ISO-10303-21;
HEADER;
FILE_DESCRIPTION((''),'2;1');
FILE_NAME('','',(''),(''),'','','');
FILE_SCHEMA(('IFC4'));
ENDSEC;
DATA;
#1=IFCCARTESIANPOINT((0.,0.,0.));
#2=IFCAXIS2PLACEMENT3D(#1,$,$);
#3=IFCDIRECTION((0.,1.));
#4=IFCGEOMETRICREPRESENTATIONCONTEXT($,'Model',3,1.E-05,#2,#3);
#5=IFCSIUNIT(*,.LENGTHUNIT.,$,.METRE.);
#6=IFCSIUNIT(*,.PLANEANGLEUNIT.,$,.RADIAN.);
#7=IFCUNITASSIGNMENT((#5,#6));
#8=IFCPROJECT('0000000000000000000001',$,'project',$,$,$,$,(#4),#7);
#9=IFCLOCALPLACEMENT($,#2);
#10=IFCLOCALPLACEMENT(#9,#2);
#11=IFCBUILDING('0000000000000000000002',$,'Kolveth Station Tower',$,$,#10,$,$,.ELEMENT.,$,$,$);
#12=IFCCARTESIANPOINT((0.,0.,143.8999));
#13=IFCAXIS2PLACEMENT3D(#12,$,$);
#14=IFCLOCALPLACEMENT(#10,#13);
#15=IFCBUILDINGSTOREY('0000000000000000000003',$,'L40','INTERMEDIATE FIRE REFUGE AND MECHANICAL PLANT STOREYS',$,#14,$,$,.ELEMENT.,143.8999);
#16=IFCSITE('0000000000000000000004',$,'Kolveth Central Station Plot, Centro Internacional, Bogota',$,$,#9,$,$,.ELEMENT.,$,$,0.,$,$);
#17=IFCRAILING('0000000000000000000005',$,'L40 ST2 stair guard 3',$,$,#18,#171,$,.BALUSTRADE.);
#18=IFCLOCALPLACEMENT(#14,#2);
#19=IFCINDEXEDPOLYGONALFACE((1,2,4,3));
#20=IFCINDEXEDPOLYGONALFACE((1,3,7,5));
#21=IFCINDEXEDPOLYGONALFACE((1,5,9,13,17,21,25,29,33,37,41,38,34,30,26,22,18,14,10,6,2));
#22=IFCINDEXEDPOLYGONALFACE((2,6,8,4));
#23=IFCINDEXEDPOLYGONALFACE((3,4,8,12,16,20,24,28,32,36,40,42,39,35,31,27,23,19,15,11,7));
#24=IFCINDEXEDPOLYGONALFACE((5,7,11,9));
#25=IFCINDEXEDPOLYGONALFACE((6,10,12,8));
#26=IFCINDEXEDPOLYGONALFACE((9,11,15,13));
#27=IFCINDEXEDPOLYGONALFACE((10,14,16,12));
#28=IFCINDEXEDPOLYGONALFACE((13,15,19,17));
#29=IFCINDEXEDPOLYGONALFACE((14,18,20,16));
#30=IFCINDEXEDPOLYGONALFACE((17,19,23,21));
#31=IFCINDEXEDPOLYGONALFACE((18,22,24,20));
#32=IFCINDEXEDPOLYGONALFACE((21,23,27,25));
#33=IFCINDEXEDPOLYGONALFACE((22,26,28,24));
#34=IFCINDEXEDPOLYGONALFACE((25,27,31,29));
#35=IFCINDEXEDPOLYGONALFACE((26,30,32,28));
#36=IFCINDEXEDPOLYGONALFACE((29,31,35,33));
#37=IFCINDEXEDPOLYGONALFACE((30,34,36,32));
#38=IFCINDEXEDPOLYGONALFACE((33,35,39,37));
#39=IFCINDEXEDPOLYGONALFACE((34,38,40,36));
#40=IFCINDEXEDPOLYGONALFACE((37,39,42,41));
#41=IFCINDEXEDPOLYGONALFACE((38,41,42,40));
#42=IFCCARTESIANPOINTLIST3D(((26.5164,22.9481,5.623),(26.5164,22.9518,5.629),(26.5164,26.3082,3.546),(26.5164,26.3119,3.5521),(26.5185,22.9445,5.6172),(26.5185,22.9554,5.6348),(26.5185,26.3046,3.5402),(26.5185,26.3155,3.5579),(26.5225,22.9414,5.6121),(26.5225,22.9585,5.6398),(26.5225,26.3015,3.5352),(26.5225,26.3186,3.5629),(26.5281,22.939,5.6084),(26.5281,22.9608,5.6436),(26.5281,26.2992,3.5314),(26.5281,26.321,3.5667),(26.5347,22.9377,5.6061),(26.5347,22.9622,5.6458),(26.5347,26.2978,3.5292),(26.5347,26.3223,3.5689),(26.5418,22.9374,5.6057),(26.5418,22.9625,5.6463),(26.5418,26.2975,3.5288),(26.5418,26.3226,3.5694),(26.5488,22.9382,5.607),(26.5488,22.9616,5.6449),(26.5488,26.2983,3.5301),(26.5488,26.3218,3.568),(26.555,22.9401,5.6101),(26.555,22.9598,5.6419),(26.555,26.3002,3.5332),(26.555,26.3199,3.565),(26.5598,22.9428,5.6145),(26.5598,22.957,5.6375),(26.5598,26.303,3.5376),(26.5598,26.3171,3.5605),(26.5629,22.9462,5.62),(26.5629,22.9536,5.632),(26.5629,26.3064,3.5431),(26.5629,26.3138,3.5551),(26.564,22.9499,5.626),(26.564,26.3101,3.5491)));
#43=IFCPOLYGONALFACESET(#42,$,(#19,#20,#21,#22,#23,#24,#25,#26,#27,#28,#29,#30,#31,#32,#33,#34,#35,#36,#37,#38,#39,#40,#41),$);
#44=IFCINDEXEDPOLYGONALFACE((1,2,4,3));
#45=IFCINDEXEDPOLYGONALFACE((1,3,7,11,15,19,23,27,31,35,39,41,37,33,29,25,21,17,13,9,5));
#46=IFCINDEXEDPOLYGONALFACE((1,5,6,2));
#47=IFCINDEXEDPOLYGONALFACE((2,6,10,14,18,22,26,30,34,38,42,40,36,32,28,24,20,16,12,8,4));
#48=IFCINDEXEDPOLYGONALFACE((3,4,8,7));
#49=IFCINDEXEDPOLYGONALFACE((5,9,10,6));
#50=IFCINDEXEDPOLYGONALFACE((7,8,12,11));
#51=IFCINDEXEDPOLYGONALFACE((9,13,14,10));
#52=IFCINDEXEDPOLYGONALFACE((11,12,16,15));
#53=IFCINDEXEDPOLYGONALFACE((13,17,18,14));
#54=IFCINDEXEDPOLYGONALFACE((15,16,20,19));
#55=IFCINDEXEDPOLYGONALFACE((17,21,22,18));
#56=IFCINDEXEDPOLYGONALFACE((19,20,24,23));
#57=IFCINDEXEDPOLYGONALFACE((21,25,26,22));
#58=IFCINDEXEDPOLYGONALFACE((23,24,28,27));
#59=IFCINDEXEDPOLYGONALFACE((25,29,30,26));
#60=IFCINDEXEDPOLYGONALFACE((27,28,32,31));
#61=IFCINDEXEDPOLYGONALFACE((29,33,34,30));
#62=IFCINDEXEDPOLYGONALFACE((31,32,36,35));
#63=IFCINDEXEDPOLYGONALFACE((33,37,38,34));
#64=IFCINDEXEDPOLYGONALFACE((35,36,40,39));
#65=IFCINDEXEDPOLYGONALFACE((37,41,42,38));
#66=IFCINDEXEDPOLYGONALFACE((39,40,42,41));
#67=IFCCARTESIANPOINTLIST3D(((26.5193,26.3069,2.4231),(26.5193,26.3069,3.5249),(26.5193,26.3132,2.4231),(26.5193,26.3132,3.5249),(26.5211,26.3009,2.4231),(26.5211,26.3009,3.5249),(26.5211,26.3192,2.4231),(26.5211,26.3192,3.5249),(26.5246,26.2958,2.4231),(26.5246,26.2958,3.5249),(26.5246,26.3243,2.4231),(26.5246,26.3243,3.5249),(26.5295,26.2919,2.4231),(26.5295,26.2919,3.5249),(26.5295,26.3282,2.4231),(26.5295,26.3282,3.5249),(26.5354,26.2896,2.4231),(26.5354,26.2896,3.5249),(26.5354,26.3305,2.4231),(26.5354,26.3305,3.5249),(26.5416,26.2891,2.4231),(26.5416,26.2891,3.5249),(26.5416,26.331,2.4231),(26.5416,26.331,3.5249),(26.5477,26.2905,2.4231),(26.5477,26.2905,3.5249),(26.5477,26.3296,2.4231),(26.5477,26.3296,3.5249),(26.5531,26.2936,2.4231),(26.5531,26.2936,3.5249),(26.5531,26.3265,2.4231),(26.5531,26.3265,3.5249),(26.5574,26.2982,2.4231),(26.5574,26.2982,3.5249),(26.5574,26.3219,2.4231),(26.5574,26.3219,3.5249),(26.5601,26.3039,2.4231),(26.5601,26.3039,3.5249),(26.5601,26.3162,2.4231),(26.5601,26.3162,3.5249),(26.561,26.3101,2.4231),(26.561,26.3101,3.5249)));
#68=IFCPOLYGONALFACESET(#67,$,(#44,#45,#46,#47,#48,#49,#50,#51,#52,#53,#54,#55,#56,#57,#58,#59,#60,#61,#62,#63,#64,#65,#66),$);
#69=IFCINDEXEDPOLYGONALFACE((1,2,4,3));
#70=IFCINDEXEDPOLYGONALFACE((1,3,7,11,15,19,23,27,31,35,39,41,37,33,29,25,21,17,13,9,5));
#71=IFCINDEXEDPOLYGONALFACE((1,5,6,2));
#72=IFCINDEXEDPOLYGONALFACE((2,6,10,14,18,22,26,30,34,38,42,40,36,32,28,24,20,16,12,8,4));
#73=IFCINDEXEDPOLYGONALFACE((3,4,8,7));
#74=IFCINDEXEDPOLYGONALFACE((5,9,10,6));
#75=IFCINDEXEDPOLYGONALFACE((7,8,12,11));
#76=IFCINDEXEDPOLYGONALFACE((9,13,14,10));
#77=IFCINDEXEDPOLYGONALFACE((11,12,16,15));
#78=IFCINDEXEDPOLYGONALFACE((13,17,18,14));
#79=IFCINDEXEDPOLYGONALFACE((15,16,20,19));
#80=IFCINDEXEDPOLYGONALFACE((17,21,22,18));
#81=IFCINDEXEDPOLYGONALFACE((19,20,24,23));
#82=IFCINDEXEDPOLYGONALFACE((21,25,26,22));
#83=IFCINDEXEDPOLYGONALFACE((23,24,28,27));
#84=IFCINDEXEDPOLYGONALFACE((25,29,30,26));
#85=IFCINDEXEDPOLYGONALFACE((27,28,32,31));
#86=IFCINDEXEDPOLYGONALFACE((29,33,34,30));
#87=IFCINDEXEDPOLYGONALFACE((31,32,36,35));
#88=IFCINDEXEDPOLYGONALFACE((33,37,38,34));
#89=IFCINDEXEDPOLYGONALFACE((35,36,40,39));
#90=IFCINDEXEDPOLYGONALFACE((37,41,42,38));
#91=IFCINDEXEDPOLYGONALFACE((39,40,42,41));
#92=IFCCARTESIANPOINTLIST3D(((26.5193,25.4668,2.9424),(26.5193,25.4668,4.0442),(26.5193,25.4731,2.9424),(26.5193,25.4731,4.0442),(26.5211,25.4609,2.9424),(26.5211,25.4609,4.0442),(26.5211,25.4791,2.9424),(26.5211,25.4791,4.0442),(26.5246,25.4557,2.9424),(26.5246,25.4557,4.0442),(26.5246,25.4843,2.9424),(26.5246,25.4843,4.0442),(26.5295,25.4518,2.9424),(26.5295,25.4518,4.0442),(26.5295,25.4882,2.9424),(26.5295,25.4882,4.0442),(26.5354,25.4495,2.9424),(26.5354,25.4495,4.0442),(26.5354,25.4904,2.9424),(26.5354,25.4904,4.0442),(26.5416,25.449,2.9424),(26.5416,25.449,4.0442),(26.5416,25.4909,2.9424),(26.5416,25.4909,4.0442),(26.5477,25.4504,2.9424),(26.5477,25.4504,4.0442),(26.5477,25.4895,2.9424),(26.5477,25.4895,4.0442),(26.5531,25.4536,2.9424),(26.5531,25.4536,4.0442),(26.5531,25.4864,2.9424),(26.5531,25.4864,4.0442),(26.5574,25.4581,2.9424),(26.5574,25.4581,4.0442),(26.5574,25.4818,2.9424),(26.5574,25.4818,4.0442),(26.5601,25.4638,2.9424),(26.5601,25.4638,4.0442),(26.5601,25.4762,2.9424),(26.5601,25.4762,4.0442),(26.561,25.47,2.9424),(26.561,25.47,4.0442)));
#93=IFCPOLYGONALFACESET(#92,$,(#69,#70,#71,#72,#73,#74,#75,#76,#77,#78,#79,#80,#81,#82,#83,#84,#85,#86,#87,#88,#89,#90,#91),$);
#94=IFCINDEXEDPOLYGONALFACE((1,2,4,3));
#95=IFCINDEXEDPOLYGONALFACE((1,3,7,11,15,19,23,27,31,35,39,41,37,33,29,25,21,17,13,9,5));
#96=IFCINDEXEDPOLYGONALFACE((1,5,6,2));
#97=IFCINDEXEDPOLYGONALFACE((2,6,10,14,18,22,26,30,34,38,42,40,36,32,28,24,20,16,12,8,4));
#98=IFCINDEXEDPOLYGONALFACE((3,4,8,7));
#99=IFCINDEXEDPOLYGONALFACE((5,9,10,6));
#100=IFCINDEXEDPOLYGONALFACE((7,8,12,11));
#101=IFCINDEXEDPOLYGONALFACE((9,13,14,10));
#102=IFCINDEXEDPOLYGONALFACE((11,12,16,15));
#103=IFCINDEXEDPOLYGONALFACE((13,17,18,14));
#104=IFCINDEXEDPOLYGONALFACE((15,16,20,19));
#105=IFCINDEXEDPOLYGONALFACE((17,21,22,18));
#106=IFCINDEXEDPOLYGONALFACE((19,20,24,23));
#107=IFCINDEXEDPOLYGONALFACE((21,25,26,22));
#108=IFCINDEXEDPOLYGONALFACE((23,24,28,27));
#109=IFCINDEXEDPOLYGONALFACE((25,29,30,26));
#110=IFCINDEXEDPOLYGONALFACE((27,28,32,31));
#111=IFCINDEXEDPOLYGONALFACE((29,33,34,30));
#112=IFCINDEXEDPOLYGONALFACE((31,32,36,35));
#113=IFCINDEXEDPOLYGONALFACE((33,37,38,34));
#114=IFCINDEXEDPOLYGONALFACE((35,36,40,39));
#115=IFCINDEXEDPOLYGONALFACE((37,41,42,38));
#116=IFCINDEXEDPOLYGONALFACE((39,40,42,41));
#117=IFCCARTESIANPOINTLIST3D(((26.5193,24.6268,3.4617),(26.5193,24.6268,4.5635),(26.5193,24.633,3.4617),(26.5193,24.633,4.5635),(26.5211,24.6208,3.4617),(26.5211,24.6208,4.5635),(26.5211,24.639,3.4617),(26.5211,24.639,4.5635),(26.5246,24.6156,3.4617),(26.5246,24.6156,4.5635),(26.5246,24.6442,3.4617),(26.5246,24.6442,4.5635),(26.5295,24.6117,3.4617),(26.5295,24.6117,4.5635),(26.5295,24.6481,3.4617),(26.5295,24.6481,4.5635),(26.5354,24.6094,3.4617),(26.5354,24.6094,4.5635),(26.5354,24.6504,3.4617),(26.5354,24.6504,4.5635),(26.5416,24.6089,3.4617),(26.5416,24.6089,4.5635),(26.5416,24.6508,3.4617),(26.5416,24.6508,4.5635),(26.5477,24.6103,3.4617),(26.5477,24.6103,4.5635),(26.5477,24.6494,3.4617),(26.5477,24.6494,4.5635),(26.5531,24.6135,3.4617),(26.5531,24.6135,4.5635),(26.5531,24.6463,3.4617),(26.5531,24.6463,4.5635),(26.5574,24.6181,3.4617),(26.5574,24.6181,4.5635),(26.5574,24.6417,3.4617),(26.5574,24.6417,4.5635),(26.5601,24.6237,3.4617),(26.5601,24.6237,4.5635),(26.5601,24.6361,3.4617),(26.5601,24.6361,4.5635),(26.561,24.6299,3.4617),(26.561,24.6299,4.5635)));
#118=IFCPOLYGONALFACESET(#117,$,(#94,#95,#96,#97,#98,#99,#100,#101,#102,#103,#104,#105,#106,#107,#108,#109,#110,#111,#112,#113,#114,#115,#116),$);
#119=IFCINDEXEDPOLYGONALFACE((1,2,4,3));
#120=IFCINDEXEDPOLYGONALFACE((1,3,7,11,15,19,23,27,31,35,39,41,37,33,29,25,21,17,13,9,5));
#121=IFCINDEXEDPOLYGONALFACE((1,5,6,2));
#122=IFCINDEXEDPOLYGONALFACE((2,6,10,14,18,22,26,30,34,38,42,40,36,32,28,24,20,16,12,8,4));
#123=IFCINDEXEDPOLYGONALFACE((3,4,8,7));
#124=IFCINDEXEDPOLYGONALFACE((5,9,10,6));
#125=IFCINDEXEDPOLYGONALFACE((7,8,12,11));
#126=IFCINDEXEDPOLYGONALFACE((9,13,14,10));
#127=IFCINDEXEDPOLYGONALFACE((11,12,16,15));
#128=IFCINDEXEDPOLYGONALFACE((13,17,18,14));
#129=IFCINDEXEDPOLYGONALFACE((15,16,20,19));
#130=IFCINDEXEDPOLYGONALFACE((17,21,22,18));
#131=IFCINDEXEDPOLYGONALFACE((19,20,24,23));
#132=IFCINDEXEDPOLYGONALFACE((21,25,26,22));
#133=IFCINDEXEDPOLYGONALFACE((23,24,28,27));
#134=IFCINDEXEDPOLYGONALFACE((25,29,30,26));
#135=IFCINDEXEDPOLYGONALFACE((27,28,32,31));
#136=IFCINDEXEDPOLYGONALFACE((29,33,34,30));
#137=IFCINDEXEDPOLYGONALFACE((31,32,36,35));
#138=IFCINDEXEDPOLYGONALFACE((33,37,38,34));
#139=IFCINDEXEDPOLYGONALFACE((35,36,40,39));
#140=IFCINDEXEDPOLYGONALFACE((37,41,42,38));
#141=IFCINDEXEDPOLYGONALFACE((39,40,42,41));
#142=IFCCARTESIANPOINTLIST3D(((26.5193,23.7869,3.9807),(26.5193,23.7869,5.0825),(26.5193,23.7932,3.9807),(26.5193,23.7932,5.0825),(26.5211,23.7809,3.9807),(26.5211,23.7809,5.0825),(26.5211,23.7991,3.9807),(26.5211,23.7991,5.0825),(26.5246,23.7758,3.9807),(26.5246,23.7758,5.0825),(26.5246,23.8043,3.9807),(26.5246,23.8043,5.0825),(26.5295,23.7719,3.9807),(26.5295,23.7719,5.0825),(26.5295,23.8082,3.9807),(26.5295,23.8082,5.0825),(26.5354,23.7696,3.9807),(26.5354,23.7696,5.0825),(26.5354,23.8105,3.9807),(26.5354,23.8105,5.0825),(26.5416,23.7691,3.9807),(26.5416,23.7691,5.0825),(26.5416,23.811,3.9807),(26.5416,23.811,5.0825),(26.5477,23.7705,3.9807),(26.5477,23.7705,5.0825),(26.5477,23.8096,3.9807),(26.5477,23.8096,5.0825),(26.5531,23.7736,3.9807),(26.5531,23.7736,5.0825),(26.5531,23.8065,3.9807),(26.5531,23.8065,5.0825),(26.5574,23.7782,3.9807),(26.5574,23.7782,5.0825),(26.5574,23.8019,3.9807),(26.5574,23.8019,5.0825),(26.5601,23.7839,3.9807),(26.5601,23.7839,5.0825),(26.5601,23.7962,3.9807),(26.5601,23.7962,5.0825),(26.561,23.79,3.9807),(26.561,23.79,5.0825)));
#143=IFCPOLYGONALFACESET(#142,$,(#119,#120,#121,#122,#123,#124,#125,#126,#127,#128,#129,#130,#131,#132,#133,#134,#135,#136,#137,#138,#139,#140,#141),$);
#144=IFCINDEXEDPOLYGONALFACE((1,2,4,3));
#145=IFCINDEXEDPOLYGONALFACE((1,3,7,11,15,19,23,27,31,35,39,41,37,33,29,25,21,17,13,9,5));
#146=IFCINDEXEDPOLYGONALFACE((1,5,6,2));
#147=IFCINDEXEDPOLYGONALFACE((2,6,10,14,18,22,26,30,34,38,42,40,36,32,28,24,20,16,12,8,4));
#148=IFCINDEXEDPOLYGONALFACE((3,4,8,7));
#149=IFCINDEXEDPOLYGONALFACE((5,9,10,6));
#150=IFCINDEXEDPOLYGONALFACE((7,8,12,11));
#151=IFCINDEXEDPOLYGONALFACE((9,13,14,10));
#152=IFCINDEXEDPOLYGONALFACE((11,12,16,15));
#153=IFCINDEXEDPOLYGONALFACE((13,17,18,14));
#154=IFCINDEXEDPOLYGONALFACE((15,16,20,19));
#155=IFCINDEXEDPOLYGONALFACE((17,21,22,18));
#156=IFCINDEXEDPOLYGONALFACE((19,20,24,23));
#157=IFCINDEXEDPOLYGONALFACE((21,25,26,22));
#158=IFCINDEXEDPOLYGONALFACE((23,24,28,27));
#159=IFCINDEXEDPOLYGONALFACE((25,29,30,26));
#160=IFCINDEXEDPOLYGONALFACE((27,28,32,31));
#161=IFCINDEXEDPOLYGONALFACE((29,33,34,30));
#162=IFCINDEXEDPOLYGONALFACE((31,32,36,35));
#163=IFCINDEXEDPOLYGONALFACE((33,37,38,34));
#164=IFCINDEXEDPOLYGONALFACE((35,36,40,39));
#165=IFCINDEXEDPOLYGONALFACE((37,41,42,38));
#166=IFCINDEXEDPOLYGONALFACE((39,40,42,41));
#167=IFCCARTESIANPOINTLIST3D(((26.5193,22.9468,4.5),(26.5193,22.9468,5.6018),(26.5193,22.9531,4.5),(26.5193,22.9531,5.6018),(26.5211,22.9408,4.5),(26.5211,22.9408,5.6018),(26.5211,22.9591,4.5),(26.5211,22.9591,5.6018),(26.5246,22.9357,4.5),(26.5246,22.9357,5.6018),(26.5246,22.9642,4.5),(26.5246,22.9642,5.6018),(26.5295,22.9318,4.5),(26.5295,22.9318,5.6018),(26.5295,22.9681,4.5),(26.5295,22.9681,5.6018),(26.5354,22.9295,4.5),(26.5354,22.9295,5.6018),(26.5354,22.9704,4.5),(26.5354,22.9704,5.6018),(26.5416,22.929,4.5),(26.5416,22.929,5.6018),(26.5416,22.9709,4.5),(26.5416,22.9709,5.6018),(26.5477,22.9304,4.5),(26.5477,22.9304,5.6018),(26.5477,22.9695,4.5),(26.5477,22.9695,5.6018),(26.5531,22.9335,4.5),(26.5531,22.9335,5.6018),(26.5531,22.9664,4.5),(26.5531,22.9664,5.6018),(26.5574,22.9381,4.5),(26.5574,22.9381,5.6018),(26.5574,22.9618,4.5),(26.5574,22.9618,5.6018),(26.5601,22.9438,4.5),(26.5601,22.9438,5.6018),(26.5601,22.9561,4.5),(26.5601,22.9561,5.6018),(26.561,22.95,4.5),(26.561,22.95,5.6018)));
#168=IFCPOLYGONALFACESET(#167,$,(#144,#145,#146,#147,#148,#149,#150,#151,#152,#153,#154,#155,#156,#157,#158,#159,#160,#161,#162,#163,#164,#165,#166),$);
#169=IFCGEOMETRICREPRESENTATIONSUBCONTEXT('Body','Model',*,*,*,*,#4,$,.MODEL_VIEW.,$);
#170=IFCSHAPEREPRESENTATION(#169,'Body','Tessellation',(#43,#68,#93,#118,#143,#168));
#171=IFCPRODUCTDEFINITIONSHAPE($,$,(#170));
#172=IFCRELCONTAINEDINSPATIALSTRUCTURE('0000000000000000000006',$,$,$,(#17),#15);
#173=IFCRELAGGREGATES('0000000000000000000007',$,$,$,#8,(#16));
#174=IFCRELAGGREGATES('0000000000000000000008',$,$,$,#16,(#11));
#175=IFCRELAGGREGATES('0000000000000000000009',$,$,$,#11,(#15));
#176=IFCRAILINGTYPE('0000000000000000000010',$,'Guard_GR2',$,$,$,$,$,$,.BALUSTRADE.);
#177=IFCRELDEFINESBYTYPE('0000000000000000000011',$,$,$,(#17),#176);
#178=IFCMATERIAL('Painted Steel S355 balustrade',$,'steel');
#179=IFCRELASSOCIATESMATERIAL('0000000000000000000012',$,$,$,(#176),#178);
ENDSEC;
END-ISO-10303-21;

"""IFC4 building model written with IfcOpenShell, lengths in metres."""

from ifc_helpers import new_model, si_unit, direction, frame, origin, origin_2d, place, context, subcontext, project, spatial, circle, extrude, material, type_object, element, save


model = new_model("IFC4")

# Units and contexts
model_context = context("Model", 3, precision=1e-05, world=origin(), true_north=direction((0.0, 1.0)))
body_context = subcontext(model_context, "Body", "Model", "MODEL_VIEW")
ifc_project = project(units=[si_unit("LENGTHUNIT", "METRE"), si_unit("PLANEANGLEUNIT", "RADIAN")], contexts=[model_context])

# Site, building, storey
site_placement = place(None, origin())
site = spatial("IfcSite", under=ifc_project, at=site_placement, Name="Kolveth Central Station Plot, Centro Internacional, Bogota", CompositionType="ELEMENT", RefElevation=0.0)
building_placement = place(site_placement, origin())
building = spatial("IfcBuilding", under=site, at=building_placement, Name="Kolveth Station Tower", CompositionType="ELEMENT")
storey_placement = place(building_placement, frame((0.0, 0.0, 143.8999)))
storey = spatial("IfcBuildingStorey", under=building, at=storey_placement, Name="L40", Description="INTERMEDIATE FIRE REFUGE AND MECHANICAL PLANT STOREYS", CompositionType="ELEMENT", Elevation=143.8999)

# Railing
ifc_material_1 = material(Name="Painted Steel S355 balustrade", Category="steel")
railing_type = type_object("IfcRailingType", Name="Guard_GR2", PredefinedType="BALUSTRADE", material=ifc_material_1)
railing_1_placement = place(storey_placement, frame((26.54, 26.3101, 2.4231)))
element("IfcRailing", 1, at=railing_1_placement, inside=storey, type_object=railing_type, Name="L40 ST2 stair guard 3", PredefinedType="BALUSTRADE", context=body_context, shape_type="SweptSolid", body=[
    extrude(circle(Radius=0.0239, at=origin_2d()), frame((0.0, 0.0, 1.126), z_axis=(0.0, -0.850623, 0.525776), x_axis=(1.0, 0.0, 0.0)), (0.0, 0.0, 1.0), 3.9502),
    extrude(circle(Radius=0.021, at=origin_2d()), origin(), (0.0, 0.0, 1.0), 1.1018),
    extrude(circle(Radius=0.021, at=origin_2d()), frame((0.0, -0.8401, 0.5193)), (0.0, 0.0, 1.0), 1.1018),
    extrude(circle(Radius=0.021, at=origin_2d()), frame((0.0, -1.6802, 1.0386)), (0.0, 0.0, 1.0), 1.1018),
    extrude(circle(Radius=0.021, at=origin_2d()), frame((0.0, -2.52, 1.5576)), (0.0, 0.0, 1.0), 1.1018),
    extrude(circle(Radius=0.021, at=origin_2d()), frame((0.0, -3.3601, 2.0769)), (0.0, 0.0, 1.0), 1.1018),
])

save(model, "model.ifc")
